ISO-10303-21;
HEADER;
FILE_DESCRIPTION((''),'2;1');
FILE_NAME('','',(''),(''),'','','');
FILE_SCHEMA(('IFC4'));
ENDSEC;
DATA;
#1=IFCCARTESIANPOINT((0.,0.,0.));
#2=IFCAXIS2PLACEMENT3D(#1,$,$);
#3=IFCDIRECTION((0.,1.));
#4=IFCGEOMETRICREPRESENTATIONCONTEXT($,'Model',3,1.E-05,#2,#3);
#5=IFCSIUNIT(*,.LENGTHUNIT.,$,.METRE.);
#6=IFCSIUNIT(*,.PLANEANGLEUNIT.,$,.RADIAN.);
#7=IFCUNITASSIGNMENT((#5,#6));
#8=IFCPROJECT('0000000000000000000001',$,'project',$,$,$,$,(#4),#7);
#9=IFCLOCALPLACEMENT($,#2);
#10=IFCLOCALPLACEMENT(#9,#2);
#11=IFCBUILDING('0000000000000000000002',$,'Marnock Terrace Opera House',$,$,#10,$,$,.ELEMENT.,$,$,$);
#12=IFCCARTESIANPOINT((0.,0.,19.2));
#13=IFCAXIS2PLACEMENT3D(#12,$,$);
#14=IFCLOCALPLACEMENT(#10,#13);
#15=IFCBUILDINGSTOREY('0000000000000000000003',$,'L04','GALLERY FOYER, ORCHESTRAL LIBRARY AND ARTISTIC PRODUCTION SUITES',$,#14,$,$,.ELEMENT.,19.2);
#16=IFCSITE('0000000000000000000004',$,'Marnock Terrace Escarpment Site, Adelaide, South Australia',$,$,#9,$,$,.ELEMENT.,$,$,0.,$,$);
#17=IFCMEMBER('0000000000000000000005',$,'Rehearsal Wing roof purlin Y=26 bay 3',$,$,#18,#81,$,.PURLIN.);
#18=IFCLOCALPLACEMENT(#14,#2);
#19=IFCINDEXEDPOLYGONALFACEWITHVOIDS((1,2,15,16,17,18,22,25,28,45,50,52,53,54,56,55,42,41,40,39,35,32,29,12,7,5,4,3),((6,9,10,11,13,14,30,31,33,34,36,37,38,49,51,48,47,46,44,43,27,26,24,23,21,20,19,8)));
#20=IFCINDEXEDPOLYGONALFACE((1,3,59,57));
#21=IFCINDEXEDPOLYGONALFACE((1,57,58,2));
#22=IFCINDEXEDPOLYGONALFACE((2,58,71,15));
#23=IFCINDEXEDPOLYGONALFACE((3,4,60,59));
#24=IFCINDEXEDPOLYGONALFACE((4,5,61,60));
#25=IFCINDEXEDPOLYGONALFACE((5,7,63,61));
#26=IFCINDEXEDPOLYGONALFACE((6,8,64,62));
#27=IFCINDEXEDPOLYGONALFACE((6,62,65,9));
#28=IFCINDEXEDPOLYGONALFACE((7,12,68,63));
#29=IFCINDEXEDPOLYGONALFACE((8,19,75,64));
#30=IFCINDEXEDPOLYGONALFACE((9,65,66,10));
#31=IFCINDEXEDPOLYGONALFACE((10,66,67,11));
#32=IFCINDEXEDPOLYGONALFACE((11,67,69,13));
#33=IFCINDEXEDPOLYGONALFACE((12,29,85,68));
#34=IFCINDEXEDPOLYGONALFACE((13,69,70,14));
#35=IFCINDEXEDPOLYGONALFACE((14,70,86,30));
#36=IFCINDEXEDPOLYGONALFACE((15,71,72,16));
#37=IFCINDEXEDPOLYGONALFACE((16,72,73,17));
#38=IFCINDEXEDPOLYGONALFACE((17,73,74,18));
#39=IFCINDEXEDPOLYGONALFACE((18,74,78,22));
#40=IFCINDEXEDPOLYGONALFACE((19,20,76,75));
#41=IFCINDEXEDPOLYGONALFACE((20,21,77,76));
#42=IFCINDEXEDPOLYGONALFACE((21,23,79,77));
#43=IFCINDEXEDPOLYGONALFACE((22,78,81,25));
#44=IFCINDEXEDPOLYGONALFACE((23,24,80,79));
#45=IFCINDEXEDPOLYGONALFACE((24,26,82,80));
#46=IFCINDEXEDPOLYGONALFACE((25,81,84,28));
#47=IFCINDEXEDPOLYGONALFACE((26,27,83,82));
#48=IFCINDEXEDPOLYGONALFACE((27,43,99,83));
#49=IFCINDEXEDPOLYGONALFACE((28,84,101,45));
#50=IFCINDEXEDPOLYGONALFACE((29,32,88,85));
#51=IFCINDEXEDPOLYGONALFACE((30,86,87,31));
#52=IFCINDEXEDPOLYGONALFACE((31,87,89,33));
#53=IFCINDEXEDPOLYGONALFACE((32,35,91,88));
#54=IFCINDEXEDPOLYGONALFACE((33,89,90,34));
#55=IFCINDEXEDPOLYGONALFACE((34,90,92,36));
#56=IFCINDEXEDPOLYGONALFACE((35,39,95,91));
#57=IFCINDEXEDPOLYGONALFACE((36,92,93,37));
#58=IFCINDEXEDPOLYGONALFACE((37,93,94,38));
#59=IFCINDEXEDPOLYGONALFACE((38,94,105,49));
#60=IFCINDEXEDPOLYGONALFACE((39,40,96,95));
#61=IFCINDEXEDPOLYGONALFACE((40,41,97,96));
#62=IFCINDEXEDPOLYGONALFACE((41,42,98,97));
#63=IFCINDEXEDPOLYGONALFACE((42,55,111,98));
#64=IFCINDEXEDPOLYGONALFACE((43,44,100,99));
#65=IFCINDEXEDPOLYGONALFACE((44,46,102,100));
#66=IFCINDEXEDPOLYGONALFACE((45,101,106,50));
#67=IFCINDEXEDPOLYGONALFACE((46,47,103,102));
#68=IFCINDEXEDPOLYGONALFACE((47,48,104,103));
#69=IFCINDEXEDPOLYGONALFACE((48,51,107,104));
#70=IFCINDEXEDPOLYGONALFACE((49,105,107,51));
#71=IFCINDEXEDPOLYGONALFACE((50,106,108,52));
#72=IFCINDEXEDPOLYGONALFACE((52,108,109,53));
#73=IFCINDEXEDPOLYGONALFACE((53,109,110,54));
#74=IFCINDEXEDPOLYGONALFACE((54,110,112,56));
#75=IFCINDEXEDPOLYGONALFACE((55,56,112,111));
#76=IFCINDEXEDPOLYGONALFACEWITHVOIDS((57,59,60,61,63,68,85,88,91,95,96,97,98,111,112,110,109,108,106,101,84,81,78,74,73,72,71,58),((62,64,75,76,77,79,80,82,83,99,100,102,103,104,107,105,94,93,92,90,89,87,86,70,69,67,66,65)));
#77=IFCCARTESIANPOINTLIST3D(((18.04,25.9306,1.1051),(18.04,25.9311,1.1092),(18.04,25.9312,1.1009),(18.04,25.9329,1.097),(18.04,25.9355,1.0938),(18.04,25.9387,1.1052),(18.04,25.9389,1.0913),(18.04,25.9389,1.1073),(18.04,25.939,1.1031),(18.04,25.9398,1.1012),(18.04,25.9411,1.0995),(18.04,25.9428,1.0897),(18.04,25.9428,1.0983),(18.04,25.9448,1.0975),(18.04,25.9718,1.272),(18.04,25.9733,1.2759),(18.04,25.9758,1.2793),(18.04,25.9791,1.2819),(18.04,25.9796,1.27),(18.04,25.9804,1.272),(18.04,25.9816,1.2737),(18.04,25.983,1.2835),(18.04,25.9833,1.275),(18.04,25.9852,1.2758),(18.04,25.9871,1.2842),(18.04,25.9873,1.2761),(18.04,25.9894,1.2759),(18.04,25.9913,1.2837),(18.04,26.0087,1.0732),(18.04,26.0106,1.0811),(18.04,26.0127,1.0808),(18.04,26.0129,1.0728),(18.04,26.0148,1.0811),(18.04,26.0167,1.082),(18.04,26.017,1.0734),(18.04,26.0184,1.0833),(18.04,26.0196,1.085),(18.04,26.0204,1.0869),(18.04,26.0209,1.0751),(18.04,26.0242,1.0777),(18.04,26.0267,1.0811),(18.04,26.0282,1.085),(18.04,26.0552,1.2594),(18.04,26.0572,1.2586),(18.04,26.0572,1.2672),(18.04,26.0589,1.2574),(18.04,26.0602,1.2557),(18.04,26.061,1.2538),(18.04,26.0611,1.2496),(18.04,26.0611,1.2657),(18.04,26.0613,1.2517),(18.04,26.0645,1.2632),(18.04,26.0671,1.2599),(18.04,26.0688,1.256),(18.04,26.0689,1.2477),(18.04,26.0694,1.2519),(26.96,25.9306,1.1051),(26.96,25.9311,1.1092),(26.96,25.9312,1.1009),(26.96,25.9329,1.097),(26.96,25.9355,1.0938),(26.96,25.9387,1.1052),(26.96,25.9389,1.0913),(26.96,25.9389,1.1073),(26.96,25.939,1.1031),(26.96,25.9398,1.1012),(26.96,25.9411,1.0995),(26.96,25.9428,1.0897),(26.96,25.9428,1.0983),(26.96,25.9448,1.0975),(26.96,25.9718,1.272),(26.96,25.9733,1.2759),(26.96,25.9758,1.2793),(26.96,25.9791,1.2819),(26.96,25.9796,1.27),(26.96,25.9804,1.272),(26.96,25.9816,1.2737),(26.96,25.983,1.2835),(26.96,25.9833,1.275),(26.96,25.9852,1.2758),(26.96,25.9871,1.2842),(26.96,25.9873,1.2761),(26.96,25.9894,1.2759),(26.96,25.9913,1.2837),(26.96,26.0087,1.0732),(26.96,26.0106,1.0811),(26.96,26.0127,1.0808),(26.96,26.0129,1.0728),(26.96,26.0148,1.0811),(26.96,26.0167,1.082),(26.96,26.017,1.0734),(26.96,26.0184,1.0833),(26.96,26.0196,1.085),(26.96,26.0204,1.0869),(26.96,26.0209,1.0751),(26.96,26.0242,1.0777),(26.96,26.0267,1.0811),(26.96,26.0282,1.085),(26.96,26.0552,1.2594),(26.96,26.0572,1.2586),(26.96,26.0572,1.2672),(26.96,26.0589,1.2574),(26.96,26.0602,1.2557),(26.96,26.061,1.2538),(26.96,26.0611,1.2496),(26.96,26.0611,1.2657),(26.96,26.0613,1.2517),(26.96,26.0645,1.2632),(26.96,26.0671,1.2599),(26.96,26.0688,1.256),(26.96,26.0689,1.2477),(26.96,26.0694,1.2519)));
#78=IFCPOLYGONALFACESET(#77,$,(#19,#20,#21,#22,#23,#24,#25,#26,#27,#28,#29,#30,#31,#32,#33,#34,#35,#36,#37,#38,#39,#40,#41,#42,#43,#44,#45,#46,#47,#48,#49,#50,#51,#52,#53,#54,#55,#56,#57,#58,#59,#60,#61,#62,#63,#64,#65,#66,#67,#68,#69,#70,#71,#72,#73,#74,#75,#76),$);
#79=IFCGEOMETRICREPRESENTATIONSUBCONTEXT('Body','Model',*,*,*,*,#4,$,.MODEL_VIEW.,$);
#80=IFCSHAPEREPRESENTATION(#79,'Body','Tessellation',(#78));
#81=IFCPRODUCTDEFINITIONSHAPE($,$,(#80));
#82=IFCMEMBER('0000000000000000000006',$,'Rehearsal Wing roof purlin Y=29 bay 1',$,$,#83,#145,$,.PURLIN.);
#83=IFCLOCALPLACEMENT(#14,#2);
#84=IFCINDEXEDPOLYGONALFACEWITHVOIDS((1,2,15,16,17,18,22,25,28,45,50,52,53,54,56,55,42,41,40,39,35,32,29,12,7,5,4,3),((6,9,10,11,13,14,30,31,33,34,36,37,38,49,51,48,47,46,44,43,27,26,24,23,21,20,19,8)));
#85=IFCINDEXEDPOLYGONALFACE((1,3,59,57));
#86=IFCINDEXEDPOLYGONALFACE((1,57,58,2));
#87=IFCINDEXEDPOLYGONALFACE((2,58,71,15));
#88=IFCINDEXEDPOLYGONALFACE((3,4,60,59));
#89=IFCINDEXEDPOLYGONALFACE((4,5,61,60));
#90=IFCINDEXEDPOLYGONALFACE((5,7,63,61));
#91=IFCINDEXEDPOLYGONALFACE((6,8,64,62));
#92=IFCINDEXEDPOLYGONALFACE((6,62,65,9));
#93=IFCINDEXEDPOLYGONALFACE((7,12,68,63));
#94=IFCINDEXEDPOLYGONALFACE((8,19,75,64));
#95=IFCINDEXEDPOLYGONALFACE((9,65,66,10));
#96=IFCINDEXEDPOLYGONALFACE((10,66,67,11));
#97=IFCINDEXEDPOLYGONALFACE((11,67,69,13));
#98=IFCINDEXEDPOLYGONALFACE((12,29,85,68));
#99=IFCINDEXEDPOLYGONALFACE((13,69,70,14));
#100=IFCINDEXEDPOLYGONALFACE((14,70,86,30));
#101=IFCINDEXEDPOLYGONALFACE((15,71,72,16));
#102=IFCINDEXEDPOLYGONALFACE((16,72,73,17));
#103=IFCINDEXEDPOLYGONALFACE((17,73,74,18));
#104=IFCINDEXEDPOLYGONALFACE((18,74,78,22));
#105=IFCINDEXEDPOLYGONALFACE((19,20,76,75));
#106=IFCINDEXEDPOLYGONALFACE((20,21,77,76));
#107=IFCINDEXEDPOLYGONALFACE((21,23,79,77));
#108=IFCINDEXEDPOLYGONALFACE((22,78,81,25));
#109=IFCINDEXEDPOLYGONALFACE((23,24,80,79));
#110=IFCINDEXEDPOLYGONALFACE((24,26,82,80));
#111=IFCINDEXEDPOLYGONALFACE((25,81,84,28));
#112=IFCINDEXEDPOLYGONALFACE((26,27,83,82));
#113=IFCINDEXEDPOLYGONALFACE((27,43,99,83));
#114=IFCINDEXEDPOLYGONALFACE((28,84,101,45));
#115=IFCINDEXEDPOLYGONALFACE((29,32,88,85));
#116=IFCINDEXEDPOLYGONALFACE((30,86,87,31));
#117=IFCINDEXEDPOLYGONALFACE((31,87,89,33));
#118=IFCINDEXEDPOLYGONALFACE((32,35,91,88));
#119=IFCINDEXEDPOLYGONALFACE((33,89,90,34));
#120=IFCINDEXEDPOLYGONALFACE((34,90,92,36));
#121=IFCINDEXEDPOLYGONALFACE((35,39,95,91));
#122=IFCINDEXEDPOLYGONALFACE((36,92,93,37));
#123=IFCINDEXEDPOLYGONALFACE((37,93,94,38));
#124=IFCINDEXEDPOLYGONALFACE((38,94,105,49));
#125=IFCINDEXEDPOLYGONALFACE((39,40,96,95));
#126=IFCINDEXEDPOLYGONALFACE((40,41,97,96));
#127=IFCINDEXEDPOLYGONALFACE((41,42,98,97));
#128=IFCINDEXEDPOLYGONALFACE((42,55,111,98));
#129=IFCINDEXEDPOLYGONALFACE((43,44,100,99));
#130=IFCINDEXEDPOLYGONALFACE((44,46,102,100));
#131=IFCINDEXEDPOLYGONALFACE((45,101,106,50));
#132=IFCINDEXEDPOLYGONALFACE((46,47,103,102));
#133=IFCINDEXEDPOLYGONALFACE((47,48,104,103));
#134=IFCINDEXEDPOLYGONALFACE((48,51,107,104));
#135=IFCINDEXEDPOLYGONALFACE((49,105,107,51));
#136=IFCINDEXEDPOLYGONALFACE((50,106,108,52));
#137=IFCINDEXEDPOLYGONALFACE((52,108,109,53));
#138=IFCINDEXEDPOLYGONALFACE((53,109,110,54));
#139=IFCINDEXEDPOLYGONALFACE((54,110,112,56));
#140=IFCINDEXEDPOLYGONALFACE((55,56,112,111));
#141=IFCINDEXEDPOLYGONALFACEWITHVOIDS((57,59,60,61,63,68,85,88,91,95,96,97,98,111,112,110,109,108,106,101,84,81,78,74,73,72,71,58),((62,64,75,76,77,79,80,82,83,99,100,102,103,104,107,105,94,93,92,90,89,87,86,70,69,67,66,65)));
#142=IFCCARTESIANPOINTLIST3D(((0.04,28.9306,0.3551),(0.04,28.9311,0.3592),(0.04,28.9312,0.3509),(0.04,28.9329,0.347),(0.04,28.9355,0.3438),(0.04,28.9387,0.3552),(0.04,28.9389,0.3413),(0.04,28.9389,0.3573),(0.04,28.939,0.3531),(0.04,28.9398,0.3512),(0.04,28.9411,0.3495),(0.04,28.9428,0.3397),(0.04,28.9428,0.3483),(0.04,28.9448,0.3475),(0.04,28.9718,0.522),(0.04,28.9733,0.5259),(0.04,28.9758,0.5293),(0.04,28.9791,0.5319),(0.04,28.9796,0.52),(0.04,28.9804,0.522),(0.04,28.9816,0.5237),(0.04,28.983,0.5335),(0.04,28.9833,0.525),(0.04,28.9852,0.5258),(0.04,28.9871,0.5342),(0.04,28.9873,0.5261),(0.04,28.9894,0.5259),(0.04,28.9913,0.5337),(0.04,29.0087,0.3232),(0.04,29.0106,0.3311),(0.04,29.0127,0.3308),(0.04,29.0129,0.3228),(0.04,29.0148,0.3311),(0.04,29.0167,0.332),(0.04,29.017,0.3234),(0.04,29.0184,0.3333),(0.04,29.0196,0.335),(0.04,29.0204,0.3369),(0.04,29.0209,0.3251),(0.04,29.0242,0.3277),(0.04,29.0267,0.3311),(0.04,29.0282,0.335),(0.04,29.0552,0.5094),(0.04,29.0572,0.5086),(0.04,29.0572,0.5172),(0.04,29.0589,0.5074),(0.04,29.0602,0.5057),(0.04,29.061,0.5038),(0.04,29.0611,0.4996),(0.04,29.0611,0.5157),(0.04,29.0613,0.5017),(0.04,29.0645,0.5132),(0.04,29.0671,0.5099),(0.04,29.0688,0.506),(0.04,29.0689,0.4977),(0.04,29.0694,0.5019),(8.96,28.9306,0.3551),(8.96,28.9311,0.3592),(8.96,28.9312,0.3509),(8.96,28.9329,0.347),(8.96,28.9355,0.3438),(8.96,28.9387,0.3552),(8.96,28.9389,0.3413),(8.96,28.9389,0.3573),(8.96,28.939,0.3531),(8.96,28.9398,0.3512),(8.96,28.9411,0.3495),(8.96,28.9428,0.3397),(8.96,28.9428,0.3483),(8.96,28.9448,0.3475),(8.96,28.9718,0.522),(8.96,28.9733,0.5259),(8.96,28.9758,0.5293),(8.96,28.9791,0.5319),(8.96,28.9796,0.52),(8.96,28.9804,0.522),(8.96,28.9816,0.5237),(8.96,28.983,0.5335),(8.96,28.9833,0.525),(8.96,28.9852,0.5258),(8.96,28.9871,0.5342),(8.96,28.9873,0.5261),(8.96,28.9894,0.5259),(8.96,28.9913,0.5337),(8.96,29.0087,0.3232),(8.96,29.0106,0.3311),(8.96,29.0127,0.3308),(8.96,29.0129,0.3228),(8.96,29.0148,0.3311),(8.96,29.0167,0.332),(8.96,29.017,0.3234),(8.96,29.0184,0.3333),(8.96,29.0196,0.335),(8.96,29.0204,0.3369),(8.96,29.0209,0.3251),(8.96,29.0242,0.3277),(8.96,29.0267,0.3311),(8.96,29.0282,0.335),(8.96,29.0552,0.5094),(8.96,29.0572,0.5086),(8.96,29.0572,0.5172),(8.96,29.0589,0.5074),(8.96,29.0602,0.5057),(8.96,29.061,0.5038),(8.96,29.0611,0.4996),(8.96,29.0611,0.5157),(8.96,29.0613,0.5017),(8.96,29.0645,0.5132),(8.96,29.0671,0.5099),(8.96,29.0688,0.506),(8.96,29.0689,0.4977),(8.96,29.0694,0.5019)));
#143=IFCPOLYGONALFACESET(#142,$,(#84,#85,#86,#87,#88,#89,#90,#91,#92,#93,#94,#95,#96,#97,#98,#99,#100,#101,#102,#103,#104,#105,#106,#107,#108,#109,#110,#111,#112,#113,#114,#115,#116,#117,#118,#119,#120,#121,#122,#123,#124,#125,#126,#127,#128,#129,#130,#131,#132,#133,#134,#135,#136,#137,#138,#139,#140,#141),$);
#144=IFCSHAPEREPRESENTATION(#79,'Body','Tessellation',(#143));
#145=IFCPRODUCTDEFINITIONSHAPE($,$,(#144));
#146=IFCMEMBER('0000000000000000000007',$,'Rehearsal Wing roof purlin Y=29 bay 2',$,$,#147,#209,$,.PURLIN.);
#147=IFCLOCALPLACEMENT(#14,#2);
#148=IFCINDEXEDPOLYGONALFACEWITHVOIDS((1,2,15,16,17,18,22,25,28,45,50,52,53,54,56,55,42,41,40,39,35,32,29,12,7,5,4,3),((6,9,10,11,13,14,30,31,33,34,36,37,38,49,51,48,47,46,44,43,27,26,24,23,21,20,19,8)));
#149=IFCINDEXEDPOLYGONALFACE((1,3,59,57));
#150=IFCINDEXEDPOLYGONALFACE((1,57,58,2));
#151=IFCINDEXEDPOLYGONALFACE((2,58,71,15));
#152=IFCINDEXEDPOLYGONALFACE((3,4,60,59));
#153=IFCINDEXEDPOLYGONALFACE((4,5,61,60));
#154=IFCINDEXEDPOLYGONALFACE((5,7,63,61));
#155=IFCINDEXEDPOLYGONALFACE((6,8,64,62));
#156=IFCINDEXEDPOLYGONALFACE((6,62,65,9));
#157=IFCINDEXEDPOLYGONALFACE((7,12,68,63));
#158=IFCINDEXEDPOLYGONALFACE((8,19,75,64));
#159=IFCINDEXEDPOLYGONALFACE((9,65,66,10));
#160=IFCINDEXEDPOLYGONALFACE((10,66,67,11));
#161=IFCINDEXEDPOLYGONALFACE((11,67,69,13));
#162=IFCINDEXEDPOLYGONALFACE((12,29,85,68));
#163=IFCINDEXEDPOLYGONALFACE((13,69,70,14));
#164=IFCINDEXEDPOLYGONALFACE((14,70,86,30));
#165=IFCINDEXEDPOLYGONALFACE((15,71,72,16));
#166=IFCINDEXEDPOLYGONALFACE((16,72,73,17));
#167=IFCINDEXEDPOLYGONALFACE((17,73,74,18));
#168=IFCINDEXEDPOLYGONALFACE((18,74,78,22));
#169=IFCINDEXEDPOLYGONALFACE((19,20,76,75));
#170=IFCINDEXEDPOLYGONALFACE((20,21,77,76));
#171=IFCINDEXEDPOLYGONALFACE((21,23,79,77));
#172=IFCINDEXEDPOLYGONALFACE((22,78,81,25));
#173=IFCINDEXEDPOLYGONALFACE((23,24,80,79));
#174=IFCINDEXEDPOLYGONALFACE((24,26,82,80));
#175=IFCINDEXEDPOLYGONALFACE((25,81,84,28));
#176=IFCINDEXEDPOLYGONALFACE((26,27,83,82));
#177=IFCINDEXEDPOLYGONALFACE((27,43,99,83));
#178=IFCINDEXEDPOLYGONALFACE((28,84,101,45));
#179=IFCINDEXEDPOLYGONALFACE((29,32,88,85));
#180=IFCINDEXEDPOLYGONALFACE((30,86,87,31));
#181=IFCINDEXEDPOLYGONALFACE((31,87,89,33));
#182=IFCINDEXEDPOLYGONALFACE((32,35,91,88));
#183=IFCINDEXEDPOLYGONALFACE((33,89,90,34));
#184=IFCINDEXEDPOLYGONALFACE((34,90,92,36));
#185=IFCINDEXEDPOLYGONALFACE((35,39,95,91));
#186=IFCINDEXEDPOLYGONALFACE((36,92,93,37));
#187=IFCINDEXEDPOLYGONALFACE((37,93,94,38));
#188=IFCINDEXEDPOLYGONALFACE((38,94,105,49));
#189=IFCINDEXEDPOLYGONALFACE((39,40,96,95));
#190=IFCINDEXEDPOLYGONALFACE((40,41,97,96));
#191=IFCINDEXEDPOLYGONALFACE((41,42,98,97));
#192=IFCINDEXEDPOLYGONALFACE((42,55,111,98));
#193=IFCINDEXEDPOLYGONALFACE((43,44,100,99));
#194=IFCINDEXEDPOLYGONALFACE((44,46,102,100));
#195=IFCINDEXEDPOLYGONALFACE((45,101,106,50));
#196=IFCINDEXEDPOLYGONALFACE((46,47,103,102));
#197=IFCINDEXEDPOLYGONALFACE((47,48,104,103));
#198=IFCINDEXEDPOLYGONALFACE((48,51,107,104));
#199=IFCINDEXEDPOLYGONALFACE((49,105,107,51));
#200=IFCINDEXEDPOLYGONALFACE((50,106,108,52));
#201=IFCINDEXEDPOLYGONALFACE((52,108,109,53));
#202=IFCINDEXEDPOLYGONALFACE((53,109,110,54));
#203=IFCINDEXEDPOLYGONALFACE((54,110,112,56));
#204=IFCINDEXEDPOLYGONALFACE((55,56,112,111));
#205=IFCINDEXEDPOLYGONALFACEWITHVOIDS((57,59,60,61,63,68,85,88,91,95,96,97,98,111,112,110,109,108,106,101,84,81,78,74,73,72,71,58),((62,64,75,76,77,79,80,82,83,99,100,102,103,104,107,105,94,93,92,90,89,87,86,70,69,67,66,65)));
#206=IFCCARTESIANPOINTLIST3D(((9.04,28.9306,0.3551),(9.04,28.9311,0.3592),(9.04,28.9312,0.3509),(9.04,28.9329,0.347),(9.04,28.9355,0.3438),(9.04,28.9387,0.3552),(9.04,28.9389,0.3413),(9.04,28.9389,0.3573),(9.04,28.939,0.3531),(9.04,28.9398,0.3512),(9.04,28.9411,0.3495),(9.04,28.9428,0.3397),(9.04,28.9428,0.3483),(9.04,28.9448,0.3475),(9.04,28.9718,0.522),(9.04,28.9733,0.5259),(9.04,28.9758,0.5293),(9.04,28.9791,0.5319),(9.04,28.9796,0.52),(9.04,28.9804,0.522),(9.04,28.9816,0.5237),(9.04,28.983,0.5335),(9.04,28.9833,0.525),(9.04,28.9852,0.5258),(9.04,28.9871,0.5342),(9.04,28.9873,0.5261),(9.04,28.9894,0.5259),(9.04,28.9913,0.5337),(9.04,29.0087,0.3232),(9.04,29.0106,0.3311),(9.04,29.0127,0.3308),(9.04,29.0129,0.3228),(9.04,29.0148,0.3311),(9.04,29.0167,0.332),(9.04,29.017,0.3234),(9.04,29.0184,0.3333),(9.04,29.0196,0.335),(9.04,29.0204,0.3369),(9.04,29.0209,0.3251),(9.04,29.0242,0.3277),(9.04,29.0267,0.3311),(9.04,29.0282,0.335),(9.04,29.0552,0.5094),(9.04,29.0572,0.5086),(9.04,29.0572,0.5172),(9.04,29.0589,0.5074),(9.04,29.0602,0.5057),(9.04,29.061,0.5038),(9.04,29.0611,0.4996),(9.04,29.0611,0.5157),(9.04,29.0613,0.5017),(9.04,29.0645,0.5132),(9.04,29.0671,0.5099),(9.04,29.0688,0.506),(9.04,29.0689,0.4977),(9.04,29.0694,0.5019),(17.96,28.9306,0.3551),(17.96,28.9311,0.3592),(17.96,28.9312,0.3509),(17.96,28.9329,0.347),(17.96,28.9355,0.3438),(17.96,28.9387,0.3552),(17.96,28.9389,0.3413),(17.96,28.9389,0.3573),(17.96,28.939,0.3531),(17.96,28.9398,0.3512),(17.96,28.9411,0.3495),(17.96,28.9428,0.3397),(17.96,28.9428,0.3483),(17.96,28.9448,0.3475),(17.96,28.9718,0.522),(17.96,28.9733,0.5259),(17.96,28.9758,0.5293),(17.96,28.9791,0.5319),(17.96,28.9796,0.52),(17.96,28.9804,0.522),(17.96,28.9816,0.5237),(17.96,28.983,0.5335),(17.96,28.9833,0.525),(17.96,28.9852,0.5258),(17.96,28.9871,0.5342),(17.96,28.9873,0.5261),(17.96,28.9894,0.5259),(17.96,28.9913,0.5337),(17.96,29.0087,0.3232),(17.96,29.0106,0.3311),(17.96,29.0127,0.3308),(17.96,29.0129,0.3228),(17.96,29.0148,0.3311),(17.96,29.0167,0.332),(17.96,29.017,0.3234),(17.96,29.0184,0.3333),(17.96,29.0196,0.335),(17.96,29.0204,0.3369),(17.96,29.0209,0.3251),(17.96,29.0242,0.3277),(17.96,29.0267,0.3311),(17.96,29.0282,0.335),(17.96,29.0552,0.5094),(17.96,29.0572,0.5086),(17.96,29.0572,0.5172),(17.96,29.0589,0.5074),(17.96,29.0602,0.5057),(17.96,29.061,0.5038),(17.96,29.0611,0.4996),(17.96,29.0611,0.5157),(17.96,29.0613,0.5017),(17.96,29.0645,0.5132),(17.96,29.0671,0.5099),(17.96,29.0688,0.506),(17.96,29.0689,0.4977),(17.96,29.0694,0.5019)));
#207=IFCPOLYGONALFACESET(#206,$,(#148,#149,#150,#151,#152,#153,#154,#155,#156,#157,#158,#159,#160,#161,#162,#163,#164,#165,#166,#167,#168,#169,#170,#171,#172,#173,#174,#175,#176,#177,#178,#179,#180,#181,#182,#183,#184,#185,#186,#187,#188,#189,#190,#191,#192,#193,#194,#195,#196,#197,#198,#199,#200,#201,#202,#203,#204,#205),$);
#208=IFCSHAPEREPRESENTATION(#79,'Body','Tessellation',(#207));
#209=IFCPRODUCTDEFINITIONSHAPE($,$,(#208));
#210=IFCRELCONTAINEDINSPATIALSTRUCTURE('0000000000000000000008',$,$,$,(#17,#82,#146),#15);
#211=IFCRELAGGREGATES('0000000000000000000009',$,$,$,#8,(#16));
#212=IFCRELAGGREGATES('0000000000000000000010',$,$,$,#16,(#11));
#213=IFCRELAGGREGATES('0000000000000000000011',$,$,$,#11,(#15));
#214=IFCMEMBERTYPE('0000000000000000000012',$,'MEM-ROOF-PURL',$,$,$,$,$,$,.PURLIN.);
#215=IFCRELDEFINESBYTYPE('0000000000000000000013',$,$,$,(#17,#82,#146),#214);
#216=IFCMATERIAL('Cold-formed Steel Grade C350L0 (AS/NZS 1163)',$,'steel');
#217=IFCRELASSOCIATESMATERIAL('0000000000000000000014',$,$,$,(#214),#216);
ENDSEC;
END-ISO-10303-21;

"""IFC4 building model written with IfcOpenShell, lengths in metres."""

from ifc_helpers import new_model, si_unit, direction, frame, origin, origin_2d, place, context, subcontext, project, spatial, hollow_rectangle, extrude, material, material_profile, profile_set, type_object, element, save


model = new_model("IFC4")

# Units and contexts
model_context = context("Model", 3, precision=1e-05, world=origin(), true_north=direction((0.0, 1.0)))
body_context = subcontext(model_context, "Body", "Model", "MODEL_VIEW")
ifc_project = project(units=[si_unit("LENGTHUNIT", "METRE"), si_unit("PLANEANGLEUNIT", "RADIAN")], contexts=[model_context])

# Site, building, storey
site_placement = place(None, origin())
site = spatial("IfcSite", under=ifc_project, at=site_placement, Name="Marnock Terrace Escarpment Site, Adelaide, South Australia", CompositionType="ELEMENT", RefElevation=0.0)
building_placement = place(site_placement, origin())
building = spatial("IfcBuilding", under=site, at=building_placement, Name="Marnock Terrace Opera House", CompositionType="ELEMENT")
storey_placement = place(building_placement, frame((0.0, 0.0, 19.2)))
storey = spatial("IfcBuildingStorey", under=building, at=storey_placement, Name="L04", Description="GALLERY FOYER, ORCHESTRAL LIBRARY AND ARTISTIC PRODUCTION SUITES", CompositionType="ELEMENT", Elevation=19.2)

# Members
ifc_material_1 = material(Name="Cold-formed Steel Grade C350L0 (AS/NZS 1163)", Category="steel")
ifc_material_profile_1 = material_profile(ifc_material_1, hollow_rectangle(XDim=0.1001, YDim=0.2, WallThickness=0.0081, InnerFilletRadius=0.0081, OuterFilletRadius=0.0161, at=origin_2d()))
ifc_profile_set_1 = profile_set([ifc_material_profile_1], Name="Cold-formed Steel Grade C350L0 (AS/NZS 1163)")
member_type_1 = type_object("IfcMemberType", Name="MEM-ROOF-PURL", PredefinedType="PURLIN", material=ifc_profile_set_1)
for number, where, z_axis, x_axis, name in (
    (1, (18.04, 26.0, 1.1785), (1.0, 0.0, 0.0), (0.0, 0.970143, -0.242535), "Rehearsal Wing roof purlin Y=26 bay 3"),
    (2, (0.04, 29.0, 0.4285), (1.0, 0.0, 0.0), (0.0, 0.970143, -0.242535), "Rehearsal Wing roof purlin Y=29 bay 1"),
    (3, (9.04, 29.0, 0.4285), (1.0, 0.0, 0.0), (0.0, 0.970143, -0.242535), "Rehearsal Wing roof purlin Y=29 bay 2"),
):
    element("IfcMember", number, at=place(storey_placement, frame(where, z_axis=z_axis, x_axis=x_axis)), inside=storey, type_object=member_type_1, Name=name, PredefinedType="PURLIN", context=body_context, shape_type="SweptSolid", body=[
        extrude(hollow_rectangle(XDim=0.1001, YDim=0.2, WallThickness=0.0081, InnerFilletRadius=0.0081, OuterFilletRadius=0.0161, at=origin_2d()), origin(), (0.0, 0.0, 1.0), 8.9199),
    ])

save(model, "model.ifc")
